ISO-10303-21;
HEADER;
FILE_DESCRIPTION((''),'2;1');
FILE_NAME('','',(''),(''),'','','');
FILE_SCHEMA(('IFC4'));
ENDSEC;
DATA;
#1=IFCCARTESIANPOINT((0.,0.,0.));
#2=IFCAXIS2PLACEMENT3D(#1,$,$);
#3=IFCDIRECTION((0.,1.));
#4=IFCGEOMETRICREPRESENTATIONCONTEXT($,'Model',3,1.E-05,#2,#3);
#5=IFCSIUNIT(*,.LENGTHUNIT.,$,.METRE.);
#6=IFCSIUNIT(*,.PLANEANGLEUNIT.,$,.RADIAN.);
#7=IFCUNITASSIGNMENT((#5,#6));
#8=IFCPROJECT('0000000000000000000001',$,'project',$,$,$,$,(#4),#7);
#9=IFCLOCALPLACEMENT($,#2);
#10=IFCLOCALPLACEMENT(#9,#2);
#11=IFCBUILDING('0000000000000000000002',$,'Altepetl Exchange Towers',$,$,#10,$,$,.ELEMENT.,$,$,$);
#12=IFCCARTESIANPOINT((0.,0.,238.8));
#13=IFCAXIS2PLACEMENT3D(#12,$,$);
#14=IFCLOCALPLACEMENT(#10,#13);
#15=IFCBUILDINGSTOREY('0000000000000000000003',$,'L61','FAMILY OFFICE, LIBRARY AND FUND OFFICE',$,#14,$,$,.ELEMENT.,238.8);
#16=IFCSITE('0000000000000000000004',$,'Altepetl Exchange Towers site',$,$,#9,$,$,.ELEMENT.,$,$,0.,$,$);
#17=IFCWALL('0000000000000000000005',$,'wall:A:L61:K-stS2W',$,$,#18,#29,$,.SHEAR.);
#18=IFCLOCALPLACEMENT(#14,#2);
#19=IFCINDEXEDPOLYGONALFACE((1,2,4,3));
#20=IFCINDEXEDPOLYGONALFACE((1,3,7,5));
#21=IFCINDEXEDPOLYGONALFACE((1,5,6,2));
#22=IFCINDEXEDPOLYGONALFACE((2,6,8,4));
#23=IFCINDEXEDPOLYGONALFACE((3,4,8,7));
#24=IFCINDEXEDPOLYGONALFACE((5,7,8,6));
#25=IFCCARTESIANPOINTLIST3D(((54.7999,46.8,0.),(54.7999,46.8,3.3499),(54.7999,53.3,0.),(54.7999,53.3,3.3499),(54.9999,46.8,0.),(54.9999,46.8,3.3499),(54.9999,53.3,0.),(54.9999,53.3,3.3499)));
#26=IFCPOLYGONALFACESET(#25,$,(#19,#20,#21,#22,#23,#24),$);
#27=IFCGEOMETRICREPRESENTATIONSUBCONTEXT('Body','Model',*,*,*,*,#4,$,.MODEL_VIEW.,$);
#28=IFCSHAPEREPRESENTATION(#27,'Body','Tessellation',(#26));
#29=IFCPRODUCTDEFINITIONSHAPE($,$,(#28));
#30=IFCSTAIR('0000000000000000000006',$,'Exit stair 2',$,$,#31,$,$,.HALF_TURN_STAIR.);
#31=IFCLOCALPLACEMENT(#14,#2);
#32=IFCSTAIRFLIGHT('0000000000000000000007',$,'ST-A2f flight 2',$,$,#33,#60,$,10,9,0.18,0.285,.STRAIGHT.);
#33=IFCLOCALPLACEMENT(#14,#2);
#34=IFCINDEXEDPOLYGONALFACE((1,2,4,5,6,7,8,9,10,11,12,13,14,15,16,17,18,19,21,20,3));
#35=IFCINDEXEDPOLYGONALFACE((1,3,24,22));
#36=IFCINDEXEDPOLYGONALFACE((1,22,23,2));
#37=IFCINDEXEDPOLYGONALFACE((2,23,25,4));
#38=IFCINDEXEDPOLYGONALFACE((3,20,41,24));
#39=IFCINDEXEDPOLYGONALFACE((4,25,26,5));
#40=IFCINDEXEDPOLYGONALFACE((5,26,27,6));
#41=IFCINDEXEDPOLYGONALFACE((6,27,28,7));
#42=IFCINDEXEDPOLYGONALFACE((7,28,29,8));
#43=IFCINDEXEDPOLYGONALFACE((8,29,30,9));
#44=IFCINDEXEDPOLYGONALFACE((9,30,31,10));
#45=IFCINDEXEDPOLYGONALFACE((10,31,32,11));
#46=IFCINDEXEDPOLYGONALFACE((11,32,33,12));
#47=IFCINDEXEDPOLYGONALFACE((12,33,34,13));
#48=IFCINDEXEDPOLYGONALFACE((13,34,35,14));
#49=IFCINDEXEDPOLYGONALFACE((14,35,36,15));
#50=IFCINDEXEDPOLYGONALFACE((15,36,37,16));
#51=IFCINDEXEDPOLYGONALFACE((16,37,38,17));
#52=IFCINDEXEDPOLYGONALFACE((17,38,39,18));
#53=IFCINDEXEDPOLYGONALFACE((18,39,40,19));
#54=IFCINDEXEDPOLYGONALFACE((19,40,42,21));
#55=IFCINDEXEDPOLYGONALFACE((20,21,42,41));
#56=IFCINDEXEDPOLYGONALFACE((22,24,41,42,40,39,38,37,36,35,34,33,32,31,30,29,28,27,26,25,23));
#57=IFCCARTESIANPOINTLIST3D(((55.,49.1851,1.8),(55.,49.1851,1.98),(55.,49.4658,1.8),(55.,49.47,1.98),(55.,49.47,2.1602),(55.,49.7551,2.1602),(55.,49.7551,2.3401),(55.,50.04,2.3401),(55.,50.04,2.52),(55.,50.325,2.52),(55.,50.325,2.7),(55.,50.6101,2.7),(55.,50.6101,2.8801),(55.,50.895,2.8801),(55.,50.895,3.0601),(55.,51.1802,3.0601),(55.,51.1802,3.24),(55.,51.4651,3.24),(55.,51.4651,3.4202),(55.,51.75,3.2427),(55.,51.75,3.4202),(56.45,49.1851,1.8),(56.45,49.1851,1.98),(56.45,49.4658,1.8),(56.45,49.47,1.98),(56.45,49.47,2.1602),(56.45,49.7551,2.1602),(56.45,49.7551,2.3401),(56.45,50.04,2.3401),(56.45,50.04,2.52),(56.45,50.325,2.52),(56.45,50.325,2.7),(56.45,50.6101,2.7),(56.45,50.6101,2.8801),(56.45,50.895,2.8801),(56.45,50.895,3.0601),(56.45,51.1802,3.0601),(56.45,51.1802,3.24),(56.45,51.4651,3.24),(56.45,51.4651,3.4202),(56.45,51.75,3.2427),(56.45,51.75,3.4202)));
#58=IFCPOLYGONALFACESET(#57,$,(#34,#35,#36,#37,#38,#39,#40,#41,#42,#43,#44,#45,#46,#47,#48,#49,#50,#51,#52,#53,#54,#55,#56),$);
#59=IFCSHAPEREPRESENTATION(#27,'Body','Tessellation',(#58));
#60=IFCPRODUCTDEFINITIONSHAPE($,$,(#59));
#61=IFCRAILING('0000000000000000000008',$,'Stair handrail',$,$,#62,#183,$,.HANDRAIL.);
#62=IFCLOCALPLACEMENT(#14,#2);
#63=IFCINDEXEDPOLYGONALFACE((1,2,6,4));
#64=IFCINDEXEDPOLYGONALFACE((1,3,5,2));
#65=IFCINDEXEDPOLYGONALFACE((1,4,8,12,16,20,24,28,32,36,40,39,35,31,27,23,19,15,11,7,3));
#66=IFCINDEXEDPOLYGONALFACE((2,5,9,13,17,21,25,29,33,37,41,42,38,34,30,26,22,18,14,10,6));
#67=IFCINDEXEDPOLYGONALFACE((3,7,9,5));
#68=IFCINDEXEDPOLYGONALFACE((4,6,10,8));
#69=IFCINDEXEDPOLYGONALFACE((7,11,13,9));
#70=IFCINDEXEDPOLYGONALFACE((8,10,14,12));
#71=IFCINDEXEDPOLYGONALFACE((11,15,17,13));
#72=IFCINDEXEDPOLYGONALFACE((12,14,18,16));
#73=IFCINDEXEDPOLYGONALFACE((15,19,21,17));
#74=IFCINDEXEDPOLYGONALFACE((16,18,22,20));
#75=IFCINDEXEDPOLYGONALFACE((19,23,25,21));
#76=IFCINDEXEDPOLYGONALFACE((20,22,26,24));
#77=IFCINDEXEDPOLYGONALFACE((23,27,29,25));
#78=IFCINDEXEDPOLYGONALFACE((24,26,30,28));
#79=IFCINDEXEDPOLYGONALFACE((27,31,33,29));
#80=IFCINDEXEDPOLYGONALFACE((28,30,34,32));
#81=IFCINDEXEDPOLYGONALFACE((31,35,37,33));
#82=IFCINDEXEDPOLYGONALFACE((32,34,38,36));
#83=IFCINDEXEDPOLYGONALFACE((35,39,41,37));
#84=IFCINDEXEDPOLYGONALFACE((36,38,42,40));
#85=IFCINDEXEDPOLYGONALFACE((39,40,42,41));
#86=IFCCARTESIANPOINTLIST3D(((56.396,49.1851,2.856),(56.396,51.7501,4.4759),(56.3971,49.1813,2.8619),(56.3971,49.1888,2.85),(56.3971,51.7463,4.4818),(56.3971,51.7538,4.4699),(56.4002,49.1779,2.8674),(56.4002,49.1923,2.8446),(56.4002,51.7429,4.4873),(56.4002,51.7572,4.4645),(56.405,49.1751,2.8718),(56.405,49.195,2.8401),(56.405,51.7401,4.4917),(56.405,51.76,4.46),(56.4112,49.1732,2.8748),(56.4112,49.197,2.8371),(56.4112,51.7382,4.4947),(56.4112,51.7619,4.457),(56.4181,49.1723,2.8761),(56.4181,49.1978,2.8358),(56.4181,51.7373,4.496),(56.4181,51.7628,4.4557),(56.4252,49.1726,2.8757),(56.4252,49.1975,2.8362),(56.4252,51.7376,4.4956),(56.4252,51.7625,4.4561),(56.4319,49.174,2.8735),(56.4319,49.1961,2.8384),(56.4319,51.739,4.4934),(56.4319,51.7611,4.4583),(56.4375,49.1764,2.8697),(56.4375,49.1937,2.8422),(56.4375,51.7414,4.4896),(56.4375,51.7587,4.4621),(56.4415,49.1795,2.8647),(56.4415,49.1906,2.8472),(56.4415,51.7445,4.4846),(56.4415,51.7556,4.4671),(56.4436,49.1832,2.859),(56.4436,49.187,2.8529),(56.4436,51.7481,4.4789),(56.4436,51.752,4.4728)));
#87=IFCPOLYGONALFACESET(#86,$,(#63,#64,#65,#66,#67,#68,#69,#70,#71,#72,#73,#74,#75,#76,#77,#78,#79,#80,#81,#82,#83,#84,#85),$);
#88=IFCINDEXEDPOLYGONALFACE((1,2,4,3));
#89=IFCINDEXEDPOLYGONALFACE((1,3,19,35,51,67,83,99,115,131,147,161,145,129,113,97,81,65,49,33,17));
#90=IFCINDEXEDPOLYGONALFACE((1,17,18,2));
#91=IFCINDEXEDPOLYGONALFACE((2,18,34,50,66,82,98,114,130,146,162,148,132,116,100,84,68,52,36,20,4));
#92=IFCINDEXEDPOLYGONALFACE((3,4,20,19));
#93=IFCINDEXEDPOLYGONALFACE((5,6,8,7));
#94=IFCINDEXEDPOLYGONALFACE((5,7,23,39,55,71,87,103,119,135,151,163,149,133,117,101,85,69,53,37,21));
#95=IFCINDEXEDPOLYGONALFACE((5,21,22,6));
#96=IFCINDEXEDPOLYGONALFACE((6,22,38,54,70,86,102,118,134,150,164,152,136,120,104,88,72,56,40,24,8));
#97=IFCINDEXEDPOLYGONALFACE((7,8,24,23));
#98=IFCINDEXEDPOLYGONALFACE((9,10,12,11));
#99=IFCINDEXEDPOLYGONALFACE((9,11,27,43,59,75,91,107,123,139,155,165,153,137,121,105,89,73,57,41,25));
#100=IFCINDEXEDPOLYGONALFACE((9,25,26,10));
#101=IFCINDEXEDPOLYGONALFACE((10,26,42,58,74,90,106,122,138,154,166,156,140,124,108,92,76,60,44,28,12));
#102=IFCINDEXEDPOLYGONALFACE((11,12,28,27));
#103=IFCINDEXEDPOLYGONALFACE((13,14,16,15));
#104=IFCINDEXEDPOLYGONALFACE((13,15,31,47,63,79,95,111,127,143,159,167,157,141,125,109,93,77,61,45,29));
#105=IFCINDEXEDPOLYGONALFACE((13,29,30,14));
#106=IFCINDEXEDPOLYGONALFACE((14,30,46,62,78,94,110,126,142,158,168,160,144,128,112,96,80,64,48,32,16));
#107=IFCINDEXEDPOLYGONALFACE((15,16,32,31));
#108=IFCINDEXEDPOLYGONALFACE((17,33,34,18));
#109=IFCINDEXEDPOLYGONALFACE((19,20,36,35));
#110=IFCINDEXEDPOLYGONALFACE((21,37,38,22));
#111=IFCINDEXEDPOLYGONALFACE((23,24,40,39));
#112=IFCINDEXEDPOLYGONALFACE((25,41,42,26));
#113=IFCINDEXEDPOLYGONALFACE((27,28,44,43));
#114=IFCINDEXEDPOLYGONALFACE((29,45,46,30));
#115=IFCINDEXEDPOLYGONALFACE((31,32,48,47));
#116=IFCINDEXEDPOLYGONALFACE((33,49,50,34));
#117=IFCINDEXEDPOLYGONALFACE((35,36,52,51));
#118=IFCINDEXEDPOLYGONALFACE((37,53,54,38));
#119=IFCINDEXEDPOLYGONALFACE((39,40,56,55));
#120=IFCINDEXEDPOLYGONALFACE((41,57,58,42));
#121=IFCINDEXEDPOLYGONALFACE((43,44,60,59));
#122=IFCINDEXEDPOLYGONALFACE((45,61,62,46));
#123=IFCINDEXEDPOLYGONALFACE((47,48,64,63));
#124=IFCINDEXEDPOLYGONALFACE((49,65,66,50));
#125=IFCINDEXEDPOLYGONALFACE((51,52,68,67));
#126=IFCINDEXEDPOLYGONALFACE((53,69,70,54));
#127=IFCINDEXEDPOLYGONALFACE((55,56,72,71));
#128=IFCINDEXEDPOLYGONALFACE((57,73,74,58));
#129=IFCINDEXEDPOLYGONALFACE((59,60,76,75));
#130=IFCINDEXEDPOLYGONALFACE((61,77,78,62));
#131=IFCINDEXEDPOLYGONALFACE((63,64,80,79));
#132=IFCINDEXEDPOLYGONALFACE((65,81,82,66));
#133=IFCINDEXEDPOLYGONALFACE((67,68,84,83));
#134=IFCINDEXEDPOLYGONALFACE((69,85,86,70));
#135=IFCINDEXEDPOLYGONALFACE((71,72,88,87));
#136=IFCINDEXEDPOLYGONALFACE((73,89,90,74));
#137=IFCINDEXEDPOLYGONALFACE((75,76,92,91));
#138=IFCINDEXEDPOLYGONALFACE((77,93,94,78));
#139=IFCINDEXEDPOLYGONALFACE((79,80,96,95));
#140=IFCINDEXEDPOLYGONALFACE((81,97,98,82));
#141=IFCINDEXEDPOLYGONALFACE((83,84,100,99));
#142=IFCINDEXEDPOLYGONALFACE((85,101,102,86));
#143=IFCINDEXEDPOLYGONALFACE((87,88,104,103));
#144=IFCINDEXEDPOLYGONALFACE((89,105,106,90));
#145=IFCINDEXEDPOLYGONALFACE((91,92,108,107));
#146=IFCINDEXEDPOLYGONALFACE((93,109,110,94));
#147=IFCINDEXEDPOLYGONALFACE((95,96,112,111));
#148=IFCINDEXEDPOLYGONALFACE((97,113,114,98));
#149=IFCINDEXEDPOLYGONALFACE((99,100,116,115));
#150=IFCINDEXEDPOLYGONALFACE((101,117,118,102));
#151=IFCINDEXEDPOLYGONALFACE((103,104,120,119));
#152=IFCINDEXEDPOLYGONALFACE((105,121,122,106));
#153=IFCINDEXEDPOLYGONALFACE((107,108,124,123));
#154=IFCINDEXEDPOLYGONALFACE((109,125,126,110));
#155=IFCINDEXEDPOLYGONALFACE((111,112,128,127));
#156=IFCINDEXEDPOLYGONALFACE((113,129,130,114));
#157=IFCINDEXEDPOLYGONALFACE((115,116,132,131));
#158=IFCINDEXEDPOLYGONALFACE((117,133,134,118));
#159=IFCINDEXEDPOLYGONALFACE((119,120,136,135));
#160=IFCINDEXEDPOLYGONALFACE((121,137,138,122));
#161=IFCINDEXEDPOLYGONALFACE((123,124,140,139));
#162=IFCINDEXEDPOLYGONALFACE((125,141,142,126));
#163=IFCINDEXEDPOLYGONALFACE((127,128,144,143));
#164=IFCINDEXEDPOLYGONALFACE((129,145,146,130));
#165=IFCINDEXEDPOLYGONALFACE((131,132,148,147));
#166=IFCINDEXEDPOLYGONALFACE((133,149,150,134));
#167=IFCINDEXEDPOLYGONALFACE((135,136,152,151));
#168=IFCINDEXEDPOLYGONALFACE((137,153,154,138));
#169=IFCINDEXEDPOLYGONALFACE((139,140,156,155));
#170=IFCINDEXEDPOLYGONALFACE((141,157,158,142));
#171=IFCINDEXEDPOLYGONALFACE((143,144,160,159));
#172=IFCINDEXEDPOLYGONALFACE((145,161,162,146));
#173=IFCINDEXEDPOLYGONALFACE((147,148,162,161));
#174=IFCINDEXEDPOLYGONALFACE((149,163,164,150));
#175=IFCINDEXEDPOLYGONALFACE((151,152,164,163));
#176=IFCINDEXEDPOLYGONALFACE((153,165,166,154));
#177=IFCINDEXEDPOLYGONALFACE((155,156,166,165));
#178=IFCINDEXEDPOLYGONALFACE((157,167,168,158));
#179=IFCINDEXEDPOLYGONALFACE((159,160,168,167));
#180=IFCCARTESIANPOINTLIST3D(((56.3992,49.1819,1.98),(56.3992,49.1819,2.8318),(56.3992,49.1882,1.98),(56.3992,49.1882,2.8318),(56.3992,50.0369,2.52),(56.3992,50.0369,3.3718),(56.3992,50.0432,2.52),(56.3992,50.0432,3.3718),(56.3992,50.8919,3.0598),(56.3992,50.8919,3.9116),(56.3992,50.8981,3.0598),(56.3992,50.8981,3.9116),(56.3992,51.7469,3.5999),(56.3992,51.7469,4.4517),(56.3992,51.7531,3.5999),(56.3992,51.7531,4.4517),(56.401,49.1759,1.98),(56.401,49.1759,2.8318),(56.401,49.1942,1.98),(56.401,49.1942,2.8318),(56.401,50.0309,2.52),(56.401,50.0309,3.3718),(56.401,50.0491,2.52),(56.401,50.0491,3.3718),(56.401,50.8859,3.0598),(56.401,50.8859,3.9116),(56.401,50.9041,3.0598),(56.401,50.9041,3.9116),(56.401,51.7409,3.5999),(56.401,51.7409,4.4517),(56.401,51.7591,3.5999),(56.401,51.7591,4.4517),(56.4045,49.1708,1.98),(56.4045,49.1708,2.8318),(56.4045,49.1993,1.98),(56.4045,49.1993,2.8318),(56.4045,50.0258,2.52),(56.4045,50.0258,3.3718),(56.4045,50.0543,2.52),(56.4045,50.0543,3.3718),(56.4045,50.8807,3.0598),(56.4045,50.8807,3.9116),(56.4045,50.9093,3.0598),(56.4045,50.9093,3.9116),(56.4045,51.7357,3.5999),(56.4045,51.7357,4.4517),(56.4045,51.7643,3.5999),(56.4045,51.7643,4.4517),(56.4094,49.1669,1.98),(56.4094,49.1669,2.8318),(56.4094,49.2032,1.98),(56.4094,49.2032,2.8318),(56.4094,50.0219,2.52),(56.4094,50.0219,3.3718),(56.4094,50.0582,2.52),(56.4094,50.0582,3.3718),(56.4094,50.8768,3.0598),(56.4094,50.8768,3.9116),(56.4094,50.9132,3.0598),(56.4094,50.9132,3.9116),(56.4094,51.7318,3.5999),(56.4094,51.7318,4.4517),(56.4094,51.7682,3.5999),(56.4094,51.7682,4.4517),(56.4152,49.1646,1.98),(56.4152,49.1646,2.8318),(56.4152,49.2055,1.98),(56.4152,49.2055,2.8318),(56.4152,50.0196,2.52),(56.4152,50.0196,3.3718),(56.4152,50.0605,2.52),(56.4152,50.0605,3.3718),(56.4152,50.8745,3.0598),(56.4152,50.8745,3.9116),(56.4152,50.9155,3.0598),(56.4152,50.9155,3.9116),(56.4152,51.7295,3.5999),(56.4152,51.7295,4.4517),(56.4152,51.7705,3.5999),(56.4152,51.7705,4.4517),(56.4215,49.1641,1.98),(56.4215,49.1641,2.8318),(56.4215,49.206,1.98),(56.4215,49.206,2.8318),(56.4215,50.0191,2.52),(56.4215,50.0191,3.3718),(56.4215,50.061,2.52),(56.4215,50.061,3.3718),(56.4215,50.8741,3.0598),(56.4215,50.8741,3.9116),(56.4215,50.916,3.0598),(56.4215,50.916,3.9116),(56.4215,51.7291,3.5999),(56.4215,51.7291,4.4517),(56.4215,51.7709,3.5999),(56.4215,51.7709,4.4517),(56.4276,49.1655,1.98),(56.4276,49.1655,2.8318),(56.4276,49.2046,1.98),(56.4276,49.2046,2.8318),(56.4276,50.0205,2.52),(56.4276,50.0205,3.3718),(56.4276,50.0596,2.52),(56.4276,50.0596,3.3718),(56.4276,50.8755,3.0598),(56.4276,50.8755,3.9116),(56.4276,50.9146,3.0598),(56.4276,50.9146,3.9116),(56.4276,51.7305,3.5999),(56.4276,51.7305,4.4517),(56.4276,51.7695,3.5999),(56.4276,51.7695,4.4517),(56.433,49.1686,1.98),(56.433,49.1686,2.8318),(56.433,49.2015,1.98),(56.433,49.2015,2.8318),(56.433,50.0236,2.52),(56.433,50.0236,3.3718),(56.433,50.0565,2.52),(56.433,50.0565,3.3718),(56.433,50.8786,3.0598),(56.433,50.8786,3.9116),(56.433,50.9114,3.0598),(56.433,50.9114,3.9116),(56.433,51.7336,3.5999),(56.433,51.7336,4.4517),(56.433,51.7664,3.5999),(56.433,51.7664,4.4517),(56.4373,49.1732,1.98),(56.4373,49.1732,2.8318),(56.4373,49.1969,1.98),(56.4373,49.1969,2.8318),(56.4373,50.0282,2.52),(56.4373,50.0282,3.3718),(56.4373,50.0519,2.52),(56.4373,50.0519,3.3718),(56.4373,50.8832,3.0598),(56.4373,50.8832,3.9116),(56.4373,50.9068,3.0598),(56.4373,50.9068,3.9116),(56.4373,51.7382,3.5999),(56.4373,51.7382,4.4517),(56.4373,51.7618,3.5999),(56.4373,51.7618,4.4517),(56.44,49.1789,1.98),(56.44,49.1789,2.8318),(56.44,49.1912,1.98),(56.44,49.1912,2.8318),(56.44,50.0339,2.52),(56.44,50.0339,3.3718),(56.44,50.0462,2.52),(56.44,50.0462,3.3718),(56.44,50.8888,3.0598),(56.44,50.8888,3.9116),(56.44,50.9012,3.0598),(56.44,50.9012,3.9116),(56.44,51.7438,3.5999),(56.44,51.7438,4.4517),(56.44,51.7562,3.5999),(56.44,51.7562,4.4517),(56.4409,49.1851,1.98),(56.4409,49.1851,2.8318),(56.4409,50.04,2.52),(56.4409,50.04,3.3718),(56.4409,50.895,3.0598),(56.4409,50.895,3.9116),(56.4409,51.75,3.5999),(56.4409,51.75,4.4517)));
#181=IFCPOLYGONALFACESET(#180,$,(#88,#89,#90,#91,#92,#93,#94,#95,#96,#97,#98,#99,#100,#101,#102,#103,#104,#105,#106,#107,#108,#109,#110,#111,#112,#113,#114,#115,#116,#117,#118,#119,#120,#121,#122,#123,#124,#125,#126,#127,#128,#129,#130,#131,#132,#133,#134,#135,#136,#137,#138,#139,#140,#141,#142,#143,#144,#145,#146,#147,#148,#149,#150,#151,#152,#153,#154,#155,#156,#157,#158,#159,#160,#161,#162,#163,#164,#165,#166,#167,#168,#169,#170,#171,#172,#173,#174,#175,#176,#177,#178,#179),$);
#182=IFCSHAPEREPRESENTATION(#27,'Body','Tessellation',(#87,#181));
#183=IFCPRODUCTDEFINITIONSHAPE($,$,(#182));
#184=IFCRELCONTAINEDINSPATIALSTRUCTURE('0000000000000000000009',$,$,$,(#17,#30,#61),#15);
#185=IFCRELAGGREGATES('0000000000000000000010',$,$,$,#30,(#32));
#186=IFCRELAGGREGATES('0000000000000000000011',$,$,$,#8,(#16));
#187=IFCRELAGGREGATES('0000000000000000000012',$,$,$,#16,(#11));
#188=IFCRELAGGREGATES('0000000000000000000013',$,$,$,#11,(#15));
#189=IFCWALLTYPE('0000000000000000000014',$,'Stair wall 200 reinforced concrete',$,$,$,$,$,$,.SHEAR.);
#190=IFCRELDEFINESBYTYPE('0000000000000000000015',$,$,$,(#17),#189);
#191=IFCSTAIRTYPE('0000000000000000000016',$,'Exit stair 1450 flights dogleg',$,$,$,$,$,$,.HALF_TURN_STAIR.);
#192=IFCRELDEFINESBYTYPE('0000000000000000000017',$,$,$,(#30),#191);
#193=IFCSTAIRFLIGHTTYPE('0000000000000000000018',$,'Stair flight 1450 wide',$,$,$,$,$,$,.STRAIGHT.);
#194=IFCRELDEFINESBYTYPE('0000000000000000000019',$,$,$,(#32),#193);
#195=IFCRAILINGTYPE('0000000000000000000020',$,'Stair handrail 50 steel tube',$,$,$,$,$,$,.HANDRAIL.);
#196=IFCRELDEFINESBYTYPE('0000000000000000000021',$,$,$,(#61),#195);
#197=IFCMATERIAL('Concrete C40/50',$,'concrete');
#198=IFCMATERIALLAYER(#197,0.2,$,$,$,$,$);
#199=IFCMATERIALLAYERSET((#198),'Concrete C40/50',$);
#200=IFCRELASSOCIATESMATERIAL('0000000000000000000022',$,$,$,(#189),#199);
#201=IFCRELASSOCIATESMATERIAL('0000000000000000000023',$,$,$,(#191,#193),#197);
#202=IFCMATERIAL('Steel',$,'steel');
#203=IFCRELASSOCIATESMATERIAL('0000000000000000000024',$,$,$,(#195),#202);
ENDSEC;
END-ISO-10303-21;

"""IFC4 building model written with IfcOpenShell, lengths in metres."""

from ifc_helpers import new_model, si_unit, direction, frame, frame_2d, origin, origin_2d, place, context, subcontext, project, spatial, polyline, rectangle, circle, outline, extrude, source, transform, mapped, material, layer, layer_set, type_object, element, aggregate, save


model = new_model("IFC4")

# Units and contexts
model_context = context("Model", 3, precision=1e-05, world=origin(), true_north=direction((0.0, 1.0)))
body_context = subcontext(model_context, "Body", "Model", "MODEL_VIEW")
ifc_project = project(units=[si_unit("LENGTHUNIT", "METRE"), si_unit("PLANEANGLEUNIT", "RADIAN")], contexts=[model_context])

# Site, building, storey
site_placement = place(None, origin())
site = spatial("IfcSite", under=ifc_project, at=site_placement, Name="Altepetl Exchange Towers site", CompositionType="ELEMENT", RefElevation=0.0)
building_placement = place(site_placement, origin())
building = spatial("IfcBuilding", under=site, at=building_placement, Name="Altepetl Exchange Towers", CompositionType="ELEMENT")
storey_placement = place(building_placement, frame((0.0, 0.0, 238.8)))
storey = spatial("IfcBuildingStorey", under=building, at=storey_placement, Name="L61", Description="FAMILY OFFICE, LIBRARY AND FUND OFFICE", CompositionType="ELEMENT", Elevation=238.8)

# Wall
ifc_material_1 = material(Name="Concrete C40/50", Category="concrete")
ifc_layer_1 = layer(ifc_material_1, 0.2)
ifc_layer_set_1 = layer_set([ifc_layer_1], Name="Concrete C40/50")
wall_type_1 = type_object("IfcWallType", Name="Stair wall 200 reinforced concrete", PredefinedType="SHEAR", material=ifc_layer_set_1)
wall_1_placement = place(storey_placement, frame((54.8999, 46.8, 0.0), z_axis=(0.0, 0.0, 1.0), x_axis=(0.0, 1.0, 0.0)))
element("IfcWall", 1, at=wall_1_placement, inside=storey, type_object=wall_type_1, Name="wall:A:L61:K-stS2W", PredefinedType="SHEAR", context=body_context, shape_type="SweptSolid", body=[
    extrude(rectangle(XDim=6.5, YDim=0.2, at=frame_2d((3.25, 0.0))), origin(), (0.0, 0.0, 1.0), 3.3499),
])

# Stair, stair flight
stair_type = type_object("IfcStairType", Name="Exit stair 1450 flights dogleg", PredefinedType="HALF_TURN_STAIR", material=ifc_material_1)
stair_placement = place(storey_placement, origin())
stair = element("IfcStair", 2, at=stair_placement, inside=storey, type_object=stair_type, Name="Exit stair 2", PredefinedType="HALF_TURN_STAIR")
stair_flight_type = type_object("IfcStairFlightType", Name="Stair flight 1450 wide", PredefinedType="STRAIGHT", material=ifc_material_1)
stair_flight_placement = place(storey_placement, frame((55.7251, 49.1851, 1.8), z_axis=(0.0, 0.0, 1.0), x_axis=(0.0, 1.0, 0.0)))
stair_flight = element("IfcStairFlight", 3, at=stair_flight_placement, type_object=stair_flight_type, Name="ST-A2f flight 2", NumberOfRisers=10, NumberOfTreads=9, PredefinedType="STRAIGHT", RiserHeight=0.18, TreadLength=0.285, context=body_context, shape_type="SweptSolid", body=[
    extrude(outline(polyline([(0.0, 0.0), (0.0, 0.1799), (0.2849, 0.1799), (0.2849, 0.3601), (0.5701, 0.3601), (0.5701, 0.54), (0.855, 0.54), (0.855, 0.72), (1.1399, 0.72), (1.1399, 0.8999), (1.425, 0.8999), (1.425, 1.0801), (1.71, 1.0801), (1.71, 1.26), (1.9951, 1.26), (1.9951, 1.4399), (2.28, 1.4399), (2.28, 1.6201), (2.5649, 1.6201), (2.5649, 1.8), (2.5649, 1.4426), (0.2808, 0.0), (0.0, 0.0)])), frame((0.0, 0.7251, 0.0), z_axis=(0.0, -1.0, 0.0), x_axis=(1.0, 0.0, 0.0)), (0.0, 0.0, 1.0), 1.45),
])
aggregate(stair, [stair_flight])

# Railing
ifc_material_2 = material(Name="Steel", Category="steel")
railing_type = type_object("IfcRailingType", Name="Stair handrail 50 steel tube", PredefinedType="HANDRAIL", material=ifc_material_2)
shared_shape = source(origin(), body_context, "Body", "SweptSolid", [
    extrude(circle(Radius=0.021, at=origin_2d()), origin(), (0.0, 0.0, 1.0), 0.8518),
])
railing_placement = place(storey_placement, frame((56.4199, 49.1851, 1.98)))
element("IfcRailing", 4, at=railing_placement, inside=storey, type_object=railing_type, Name="Stair handrail", PredefinedType="HANDRAIL", context=body_context, shape_type="SweptSolid", body=[
    extrude(circle(Radius=0.0239, at=origin_2d()), frame((0.0, 0.0, 0.876), z_axis=(0.0, 0.845502, 0.533972), x_axis=(-1.0, 0.0, 0.0)), (0.0, 0.0, 1.0), 3.0337),
    mapped(shared_shape, transform((0.0, 0.0, 0.0))),
    mapped(shared_shape, transform((0.0, 0.855, 0.54))),
    mapped(shared_shape, transform((0.0, 1.71, 1.0798))),
    mapped(shared_shape, transform((0.0, 2.5649, 1.6199))),
])

save(model, "model.ifc")
